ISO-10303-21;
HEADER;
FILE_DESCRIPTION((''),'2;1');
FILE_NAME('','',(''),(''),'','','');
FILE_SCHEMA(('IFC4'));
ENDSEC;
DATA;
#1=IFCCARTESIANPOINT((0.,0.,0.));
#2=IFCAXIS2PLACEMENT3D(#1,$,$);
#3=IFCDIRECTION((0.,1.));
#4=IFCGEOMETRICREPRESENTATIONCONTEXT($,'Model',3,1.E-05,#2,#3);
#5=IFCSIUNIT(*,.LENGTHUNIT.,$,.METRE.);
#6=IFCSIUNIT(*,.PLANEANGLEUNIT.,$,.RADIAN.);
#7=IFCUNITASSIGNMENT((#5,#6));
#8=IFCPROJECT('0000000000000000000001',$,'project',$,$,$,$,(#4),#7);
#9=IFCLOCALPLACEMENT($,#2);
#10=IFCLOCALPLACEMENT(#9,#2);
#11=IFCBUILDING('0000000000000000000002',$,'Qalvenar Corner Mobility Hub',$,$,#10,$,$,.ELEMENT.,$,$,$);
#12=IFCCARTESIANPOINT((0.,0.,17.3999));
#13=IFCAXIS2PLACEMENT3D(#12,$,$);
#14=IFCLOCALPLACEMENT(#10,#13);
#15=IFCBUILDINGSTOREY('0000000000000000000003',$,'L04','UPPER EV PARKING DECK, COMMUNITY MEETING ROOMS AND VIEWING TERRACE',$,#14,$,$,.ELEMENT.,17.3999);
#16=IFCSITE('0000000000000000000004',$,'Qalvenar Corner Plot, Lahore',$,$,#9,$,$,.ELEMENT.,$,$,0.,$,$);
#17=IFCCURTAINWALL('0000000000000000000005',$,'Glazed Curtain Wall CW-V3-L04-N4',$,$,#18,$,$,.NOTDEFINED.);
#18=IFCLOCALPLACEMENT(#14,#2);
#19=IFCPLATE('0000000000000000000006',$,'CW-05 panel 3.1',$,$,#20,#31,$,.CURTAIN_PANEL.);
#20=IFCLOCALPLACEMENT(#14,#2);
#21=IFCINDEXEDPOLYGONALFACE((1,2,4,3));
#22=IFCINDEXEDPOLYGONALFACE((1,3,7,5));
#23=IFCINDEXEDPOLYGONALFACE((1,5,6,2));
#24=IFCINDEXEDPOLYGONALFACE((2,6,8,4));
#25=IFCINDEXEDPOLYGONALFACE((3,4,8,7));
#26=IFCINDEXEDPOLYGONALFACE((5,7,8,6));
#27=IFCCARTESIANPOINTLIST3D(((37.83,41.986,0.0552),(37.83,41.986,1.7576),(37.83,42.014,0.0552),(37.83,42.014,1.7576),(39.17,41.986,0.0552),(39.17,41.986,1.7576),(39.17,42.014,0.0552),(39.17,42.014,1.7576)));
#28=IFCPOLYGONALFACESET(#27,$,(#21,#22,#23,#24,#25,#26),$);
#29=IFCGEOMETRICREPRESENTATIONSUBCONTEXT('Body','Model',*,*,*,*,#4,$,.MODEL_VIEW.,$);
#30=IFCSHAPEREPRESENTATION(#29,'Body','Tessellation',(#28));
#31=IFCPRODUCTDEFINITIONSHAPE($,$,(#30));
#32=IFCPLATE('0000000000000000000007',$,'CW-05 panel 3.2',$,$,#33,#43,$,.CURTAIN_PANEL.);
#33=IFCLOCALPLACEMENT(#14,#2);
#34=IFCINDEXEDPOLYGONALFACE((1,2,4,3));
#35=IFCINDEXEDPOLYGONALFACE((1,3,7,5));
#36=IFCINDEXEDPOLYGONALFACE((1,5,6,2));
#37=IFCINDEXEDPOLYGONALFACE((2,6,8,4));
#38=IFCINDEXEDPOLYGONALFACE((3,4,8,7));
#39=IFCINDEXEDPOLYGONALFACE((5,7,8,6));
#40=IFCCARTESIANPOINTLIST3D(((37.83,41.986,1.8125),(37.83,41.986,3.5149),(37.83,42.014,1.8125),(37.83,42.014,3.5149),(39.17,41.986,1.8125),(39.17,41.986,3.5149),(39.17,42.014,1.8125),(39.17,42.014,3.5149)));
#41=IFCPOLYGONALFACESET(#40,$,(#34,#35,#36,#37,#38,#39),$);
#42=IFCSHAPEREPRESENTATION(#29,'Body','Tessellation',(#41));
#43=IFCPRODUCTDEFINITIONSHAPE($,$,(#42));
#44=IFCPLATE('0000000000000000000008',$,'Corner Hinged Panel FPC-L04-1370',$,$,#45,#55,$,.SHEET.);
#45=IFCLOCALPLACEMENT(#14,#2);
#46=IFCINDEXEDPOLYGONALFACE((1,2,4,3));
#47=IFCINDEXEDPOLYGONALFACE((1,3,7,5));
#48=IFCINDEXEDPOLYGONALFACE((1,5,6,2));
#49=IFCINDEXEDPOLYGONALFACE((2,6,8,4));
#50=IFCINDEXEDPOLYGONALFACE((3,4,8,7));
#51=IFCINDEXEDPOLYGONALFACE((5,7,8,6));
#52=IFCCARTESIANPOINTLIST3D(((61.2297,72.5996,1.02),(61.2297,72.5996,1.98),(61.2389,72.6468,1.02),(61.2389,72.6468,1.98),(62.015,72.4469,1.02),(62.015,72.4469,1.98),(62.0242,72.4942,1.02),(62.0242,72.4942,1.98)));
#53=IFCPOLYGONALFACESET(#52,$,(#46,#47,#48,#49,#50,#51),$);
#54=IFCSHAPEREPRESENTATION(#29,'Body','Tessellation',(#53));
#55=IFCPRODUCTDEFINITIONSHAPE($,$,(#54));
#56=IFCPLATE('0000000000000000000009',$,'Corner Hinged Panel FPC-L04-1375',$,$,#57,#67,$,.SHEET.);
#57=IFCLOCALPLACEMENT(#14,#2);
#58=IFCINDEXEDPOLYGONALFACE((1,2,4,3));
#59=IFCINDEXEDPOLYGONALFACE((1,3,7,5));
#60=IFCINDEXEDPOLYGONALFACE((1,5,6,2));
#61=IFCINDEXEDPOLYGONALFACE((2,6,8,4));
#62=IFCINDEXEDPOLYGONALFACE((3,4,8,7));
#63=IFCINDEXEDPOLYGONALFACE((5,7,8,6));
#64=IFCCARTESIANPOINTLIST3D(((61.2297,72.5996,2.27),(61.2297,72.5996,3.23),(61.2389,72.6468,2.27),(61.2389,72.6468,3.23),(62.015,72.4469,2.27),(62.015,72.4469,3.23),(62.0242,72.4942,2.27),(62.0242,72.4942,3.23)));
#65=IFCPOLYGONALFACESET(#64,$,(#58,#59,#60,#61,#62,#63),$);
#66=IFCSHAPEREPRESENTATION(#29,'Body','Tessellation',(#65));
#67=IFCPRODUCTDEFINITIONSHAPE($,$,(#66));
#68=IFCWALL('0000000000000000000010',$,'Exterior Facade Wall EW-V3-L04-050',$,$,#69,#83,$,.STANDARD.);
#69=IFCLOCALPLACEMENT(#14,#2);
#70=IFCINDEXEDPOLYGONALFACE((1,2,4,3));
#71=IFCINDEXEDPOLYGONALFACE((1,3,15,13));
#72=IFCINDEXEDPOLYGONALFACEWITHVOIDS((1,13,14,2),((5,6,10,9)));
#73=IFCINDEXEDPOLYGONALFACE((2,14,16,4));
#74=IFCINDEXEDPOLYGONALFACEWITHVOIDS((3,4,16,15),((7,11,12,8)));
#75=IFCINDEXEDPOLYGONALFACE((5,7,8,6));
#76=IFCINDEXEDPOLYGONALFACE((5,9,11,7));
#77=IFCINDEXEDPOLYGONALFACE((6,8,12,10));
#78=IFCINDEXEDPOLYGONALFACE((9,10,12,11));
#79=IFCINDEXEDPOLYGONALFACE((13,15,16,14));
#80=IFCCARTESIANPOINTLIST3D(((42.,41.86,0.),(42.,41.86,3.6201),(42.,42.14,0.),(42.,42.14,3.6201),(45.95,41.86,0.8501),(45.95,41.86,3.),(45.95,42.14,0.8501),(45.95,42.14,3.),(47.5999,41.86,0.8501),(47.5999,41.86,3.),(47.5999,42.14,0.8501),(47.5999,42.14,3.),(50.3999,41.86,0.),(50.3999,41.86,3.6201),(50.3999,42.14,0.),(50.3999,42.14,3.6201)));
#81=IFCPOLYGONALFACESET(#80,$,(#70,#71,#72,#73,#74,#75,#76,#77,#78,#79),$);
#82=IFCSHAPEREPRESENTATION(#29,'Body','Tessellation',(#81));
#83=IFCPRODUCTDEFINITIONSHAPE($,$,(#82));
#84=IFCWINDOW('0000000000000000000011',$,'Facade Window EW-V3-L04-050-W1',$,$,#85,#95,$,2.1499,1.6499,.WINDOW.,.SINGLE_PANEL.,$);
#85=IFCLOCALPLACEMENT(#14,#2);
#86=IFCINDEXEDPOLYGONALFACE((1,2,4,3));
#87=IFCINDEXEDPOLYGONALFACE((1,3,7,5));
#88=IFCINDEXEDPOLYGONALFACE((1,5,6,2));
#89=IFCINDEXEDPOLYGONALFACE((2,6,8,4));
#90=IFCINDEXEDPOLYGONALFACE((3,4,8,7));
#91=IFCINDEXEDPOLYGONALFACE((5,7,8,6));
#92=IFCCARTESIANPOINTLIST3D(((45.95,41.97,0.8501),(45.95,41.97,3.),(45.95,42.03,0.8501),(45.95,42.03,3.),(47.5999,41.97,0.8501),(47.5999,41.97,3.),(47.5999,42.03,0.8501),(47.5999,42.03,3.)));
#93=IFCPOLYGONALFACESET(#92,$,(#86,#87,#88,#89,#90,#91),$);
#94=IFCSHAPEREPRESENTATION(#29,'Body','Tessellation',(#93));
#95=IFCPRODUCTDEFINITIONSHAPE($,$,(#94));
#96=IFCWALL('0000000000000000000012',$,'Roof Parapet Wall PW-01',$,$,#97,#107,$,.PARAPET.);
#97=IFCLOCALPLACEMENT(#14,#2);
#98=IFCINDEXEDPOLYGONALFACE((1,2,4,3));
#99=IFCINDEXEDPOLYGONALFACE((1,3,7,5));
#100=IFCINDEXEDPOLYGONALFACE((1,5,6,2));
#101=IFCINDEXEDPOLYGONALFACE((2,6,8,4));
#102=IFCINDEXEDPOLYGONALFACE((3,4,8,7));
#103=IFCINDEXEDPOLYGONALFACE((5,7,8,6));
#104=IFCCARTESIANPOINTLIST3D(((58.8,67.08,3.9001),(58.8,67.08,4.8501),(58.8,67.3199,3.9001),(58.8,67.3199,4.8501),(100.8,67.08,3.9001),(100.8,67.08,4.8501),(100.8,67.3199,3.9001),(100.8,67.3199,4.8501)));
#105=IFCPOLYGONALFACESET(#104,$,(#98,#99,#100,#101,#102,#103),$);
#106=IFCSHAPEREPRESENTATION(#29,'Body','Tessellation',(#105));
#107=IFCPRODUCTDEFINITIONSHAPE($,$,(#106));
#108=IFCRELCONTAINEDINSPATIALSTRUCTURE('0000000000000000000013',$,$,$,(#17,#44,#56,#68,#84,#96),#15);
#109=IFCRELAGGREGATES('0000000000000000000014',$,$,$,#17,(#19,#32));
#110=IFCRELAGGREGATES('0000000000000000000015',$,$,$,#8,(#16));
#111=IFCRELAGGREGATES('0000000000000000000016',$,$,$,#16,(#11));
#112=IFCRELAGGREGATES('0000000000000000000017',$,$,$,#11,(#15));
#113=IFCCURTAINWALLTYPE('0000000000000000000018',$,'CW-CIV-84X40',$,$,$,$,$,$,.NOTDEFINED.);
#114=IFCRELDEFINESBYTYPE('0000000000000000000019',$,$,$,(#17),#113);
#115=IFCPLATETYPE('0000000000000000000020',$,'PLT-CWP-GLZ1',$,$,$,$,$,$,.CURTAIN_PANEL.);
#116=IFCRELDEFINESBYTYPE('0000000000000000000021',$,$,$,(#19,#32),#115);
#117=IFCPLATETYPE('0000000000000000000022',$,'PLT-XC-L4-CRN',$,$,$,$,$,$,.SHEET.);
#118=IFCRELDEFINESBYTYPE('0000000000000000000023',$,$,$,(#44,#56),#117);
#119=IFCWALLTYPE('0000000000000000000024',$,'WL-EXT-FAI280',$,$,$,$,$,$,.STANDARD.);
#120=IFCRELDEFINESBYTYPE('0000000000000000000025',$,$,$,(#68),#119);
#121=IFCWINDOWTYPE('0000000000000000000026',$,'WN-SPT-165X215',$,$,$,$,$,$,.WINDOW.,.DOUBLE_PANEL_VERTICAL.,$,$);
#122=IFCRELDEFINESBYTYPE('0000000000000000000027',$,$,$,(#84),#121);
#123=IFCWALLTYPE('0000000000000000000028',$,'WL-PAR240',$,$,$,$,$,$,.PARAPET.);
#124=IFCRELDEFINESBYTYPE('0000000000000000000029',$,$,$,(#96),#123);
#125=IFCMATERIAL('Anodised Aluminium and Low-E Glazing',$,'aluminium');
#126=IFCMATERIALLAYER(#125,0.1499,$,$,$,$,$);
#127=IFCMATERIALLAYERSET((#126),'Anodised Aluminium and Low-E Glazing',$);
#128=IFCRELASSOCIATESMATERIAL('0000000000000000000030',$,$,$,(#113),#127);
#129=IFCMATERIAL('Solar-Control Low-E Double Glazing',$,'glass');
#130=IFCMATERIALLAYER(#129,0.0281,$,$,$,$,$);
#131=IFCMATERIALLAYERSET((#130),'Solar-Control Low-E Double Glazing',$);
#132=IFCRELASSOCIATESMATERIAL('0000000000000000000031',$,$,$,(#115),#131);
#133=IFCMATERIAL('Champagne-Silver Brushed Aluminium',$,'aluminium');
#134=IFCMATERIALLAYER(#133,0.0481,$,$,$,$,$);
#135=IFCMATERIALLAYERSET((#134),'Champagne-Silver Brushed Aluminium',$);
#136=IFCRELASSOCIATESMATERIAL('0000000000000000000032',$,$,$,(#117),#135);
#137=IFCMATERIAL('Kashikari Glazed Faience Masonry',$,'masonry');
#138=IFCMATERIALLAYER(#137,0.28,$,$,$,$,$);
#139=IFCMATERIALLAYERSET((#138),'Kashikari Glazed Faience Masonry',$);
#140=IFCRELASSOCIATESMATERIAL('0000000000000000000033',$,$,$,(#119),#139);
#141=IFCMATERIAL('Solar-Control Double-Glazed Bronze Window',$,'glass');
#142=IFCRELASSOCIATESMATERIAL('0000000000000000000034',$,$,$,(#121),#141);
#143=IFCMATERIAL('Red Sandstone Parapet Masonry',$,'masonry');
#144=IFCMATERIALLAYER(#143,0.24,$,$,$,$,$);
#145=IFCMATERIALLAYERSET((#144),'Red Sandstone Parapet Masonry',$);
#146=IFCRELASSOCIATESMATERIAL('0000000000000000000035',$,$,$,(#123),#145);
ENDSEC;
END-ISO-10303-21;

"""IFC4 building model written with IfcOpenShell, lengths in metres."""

from ifc_helpers import new_model, si_unit, direction, frame, frame_2d, origin, origin_2d, place, context, subcontext, project, spatial, rectangle, extrude, material, layer, layer_set, type_object, element, fill, aggregate, save


model = new_model("IFC4")

# Units and contexts
model_context = context("Model", 3, precision=1e-05, world=origin(), true_north=direction((0.0, 1.0)))
body_context = subcontext(model_context, "Body", "Model", "MODEL_VIEW")
ifc_project = project(units=[si_unit("LENGTHUNIT", "METRE"), si_unit("PLANEANGLEUNIT", "RADIAN")], contexts=[model_context])

# Site, building, storey
site_placement = place(None, origin())
site = spatial("IfcSite", under=ifc_project, at=site_placement, Name="Qalvenar Corner Plot, Lahore", CompositionType="ELEMENT", RefElevation=0.0)
building_placement = place(site_placement, origin())
building = spatial("IfcBuilding", under=site, at=building_placement, Name="Qalvenar Corner Mobility Hub", CompositionType="ELEMENT")
storey_placement = place(building_placement, frame((0.0, 0.0, 17.3999)))
storey = spatial("IfcBuildingStorey", under=building, at=storey_placement, Name="L04", Description="UPPER EV PARKING DECK, COMMUNITY MEETING ROOMS AND VIEWING TERRACE", CompositionType="ELEMENT", Elevation=17.3999)

# Curtain wall, plates
ifc_material_1 = material(Name="Anodised Aluminium and Low-E Glazing", Category="aluminium")
ifc_layer_1 = layer(ifc_material_1, 0.1499)
ifc_layer_set_1 = layer_set([ifc_layer_1], Name="Anodised Aluminium and Low-E Glazing")
curtain_wall_type = type_object("IfcCurtainWallType", Name="CW-CIV-84X40", PredefinedType="NOTDEFINED", material=ifc_layer_set_1)
curtain_wall_placement = place(storey_placement, origin())
curtain_wall = element("IfcCurtainWall", 1, at=curtain_wall_placement, inside=storey, type_object=curtain_wall_type, Name="Glazed Curtain Wall CW-V3-L04-N4", PredefinedType="NOTDEFINED")
ifc_material_2 = material(Name="Solar-Control Low-E Double Glazing", Category="glass")
ifc_layer_2 = layer(ifc_material_2, 0.0281)
ifc_layer_set_2 = layer_set([ifc_layer_2], Name="Solar-Control Low-E Double Glazing")
plate_type_1 = type_object("IfcPlateType", Name="PLT-CWP-GLZ1", PredefinedType="CURTAIN_PANEL", material=ifc_layer_set_2)
plate_1_placement = place(storey_placement, frame((38.5, 42.0, 0.0552), z_axis=(0.0, 0.0, 1.0), x_axis=(-1.0, 0.0, 0.0)))
plate_1 = element("IfcPlate", 2, at=plate_1_placement, type_object=plate_type_1, Name="CW-05 panel 3.1", PredefinedType="CURTAIN_PANEL", context=body_context, shape_type="SweptSolid", body=[
    extrude(rectangle(XDim=1.3401, YDim=0.0281, at=origin_2d()), origin(), (0.0, 0.0, 1.0), 1.7024),
])
plate_2_placement = place(storey_placement, frame((38.5, 42.0, 1.8125), z_axis=(0.0, 0.0, 1.0), x_axis=(-1.0, 0.0, 0.0)))
plate_2 = element("IfcPlate", 3, at=plate_2_placement, type_object=plate_type_1, Name="CW-05 panel 3.2", PredefinedType="CURTAIN_PANEL", context=body_context, shape_type="SweptSolid", body=[
    extrude(rectangle(XDim=1.3401, YDim=0.0281, at=origin_2d()), origin(), (0.0, 0.0, 1.0), 1.7024),
])
aggregate(curtain_wall, [plate_1, plate_2])

# Plates
ifc_material_3 = material(Name="Champagne-Silver Brushed Aluminium", Category="aluminium")
ifc_layer_3 = layer(ifc_material_3, 0.0481)
ifc_layer_set_3 = layer_set([ifc_layer_3], Name="Champagne-Silver Brushed Aluminium")
plate_type_2 = type_object("IfcPlateType", Name="PLT-XC-L4-CRN", PredefinedType="SHEET", material=ifc_layer_set_3)
for number, where, z_axis, x_axis, name in (
    (4, (61.627, 72.5469, 1.02), (0.0, 0.0, 1.0), (0.981627, -0.190809, 0.0), "Corner Hinged Panel FPC-L04-1370"),
    (5, (61.627, 72.5469, 2.27), (0.0, 0.0, 1.0), (0.981627, -0.190809, 0.0), "Corner Hinged Panel FPC-L04-1375"),
):
    element("IfcPlate", number, at=place(storey_placement, frame(where, z_axis=z_axis, x_axis=x_axis)), inside=storey, type_object=plate_type_2, Name=name, PredefinedType="SHEET", context=body_context, shape_type="SweptSolid", body=[
        extrude(rectangle(XDim=0.8, YDim=0.0481, at=origin_2d()), origin(), (0.0, 0.0, 1.0), 0.96),
    ])

# Wall, opening, window
ifc_material_4 = material(Name="Kashikari Glazed Faience Masonry", Category="masonry")
ifc_layer_4 = layer(ifc_material_4, 0.28)
ifc_layer_set_4 = layer_set([ifc_layer_4], Name="Kashikari Glazed Faience Masonry")
wall_type_1 = type_object("IfcWallType", Name="WL-EXT-FAI280", PredefinedType="STANDARD", material=ifc_layer_set_4)
wall_1_placement = place(storey_placement, frame((50.3999, 42.0, 0.0), z_axis=(0.0, 0.0, 1.0), x_axis=(-1.0, 0.0, 0.0)))
wall_1 = element("IfcWall", 6, at=wall_1_placement, inside=storey, type_object=wall_type_1, Name="Exterior Facade Wall EW-V3-L04-050", PredefinedType="STANDARD", context=body_context, shape_type="SweptSolid", body=[
    extrude(rectangle(XDim=8.3999, YDim=0.28, at=frame_2d((4.2, 0.0))), origin(), (0.0, 0.0, 1.0), 3.6201),
])
opening_placement = place(wall_1_placement, frame((2.8, 0.0, 0.8501)))
opening = element("IfcOpeningElement", 7, at=opening_placement, cuts=wall_1, PredefinedType="OPENING", context=body_context, shape_type="SweptSolid", body=[
    extrude(rectangle(XDim=1.6499, YDim=2.1499, at=frame_2d((0.825, 1.075))), frame((0.0, 0.1499, 0.0), z_axis=(0.0, -1.0, 0.0), x_axis=(1.0, 0.0, 0.0)), (0.0, 0.0, 1.0), 0.3),
])
ifc_material_5 = material(Name="Solar-Control Double-Glazed Bronze Window", Category="glass")
window_type = type_object("IfcWindowType", Name="WN-SPT-165X215", PartitioningType="DOUBLE_PANEL_VERTICAL", PredefinedType="WINDOW", material=ifc_material_5)
window_placement = place(opening_placement, origin())
window = element("IfcWindow", 8, at=window_placement, inside=storey, type_object=window_type, Name="Facade Window EW-V3-L04-050-W1", OverallHeight=2.1499, OverallWidth=1.6499, PartitioningType="SINGLE_PANEL", PredefinedType="WINDOW", context=body_context, shape_type="SweptSolid", body=[
    extrude(rectangle(XDim=1.6499, YDim=2.1499, at=frame_2d((0.825, 1.075))), frame((0.0, 0.03, 0.0), z_axis=(0.0, -1.0, 0.0), x_axis=(1.0, 0.0, 0.0)), (0.0, 0.0, 1.0), 0.0601),
])
fill(opening, window)

# Wall
ifc_material_6 = material(Name="Red Sandstone Parapet Masonry", Category="masonry")
ifc_layer_5 = layer(ifc_material_6, 0.24)
ifc_layer_set_5 = layer_set([ifc_layer_5], Name="Red Sandstone Parapet Masonry")
wall_type_2 = type_object("IfcWallType", Name="WL-PAR240", PredefinedType="PARAPET", material=ifc_layer_set_5)
wall_2_placement = place(storey_placement, frame((58.8, 67.2, 3.9001), z_axis=(0.0, 0.0, 1.0), x_axis=(1.0, 0.0, 0.0)))
element("IfcWall", 9, at=wall_2_placement, inside=storey, type_object=wall_type_2, Name="Roof Parapet Wall PW-01", PredefinedType="PARAPET", context=body_context, shape_type="SweptSolid", body=[
    extrude(rectangle(XDim=42.0, YDim=0.24, at=frame_2d((21.0, 0.0))), origin(), (0.0, 0.0, 1.0), 0.95),
])

save(model, "model.ifc")
